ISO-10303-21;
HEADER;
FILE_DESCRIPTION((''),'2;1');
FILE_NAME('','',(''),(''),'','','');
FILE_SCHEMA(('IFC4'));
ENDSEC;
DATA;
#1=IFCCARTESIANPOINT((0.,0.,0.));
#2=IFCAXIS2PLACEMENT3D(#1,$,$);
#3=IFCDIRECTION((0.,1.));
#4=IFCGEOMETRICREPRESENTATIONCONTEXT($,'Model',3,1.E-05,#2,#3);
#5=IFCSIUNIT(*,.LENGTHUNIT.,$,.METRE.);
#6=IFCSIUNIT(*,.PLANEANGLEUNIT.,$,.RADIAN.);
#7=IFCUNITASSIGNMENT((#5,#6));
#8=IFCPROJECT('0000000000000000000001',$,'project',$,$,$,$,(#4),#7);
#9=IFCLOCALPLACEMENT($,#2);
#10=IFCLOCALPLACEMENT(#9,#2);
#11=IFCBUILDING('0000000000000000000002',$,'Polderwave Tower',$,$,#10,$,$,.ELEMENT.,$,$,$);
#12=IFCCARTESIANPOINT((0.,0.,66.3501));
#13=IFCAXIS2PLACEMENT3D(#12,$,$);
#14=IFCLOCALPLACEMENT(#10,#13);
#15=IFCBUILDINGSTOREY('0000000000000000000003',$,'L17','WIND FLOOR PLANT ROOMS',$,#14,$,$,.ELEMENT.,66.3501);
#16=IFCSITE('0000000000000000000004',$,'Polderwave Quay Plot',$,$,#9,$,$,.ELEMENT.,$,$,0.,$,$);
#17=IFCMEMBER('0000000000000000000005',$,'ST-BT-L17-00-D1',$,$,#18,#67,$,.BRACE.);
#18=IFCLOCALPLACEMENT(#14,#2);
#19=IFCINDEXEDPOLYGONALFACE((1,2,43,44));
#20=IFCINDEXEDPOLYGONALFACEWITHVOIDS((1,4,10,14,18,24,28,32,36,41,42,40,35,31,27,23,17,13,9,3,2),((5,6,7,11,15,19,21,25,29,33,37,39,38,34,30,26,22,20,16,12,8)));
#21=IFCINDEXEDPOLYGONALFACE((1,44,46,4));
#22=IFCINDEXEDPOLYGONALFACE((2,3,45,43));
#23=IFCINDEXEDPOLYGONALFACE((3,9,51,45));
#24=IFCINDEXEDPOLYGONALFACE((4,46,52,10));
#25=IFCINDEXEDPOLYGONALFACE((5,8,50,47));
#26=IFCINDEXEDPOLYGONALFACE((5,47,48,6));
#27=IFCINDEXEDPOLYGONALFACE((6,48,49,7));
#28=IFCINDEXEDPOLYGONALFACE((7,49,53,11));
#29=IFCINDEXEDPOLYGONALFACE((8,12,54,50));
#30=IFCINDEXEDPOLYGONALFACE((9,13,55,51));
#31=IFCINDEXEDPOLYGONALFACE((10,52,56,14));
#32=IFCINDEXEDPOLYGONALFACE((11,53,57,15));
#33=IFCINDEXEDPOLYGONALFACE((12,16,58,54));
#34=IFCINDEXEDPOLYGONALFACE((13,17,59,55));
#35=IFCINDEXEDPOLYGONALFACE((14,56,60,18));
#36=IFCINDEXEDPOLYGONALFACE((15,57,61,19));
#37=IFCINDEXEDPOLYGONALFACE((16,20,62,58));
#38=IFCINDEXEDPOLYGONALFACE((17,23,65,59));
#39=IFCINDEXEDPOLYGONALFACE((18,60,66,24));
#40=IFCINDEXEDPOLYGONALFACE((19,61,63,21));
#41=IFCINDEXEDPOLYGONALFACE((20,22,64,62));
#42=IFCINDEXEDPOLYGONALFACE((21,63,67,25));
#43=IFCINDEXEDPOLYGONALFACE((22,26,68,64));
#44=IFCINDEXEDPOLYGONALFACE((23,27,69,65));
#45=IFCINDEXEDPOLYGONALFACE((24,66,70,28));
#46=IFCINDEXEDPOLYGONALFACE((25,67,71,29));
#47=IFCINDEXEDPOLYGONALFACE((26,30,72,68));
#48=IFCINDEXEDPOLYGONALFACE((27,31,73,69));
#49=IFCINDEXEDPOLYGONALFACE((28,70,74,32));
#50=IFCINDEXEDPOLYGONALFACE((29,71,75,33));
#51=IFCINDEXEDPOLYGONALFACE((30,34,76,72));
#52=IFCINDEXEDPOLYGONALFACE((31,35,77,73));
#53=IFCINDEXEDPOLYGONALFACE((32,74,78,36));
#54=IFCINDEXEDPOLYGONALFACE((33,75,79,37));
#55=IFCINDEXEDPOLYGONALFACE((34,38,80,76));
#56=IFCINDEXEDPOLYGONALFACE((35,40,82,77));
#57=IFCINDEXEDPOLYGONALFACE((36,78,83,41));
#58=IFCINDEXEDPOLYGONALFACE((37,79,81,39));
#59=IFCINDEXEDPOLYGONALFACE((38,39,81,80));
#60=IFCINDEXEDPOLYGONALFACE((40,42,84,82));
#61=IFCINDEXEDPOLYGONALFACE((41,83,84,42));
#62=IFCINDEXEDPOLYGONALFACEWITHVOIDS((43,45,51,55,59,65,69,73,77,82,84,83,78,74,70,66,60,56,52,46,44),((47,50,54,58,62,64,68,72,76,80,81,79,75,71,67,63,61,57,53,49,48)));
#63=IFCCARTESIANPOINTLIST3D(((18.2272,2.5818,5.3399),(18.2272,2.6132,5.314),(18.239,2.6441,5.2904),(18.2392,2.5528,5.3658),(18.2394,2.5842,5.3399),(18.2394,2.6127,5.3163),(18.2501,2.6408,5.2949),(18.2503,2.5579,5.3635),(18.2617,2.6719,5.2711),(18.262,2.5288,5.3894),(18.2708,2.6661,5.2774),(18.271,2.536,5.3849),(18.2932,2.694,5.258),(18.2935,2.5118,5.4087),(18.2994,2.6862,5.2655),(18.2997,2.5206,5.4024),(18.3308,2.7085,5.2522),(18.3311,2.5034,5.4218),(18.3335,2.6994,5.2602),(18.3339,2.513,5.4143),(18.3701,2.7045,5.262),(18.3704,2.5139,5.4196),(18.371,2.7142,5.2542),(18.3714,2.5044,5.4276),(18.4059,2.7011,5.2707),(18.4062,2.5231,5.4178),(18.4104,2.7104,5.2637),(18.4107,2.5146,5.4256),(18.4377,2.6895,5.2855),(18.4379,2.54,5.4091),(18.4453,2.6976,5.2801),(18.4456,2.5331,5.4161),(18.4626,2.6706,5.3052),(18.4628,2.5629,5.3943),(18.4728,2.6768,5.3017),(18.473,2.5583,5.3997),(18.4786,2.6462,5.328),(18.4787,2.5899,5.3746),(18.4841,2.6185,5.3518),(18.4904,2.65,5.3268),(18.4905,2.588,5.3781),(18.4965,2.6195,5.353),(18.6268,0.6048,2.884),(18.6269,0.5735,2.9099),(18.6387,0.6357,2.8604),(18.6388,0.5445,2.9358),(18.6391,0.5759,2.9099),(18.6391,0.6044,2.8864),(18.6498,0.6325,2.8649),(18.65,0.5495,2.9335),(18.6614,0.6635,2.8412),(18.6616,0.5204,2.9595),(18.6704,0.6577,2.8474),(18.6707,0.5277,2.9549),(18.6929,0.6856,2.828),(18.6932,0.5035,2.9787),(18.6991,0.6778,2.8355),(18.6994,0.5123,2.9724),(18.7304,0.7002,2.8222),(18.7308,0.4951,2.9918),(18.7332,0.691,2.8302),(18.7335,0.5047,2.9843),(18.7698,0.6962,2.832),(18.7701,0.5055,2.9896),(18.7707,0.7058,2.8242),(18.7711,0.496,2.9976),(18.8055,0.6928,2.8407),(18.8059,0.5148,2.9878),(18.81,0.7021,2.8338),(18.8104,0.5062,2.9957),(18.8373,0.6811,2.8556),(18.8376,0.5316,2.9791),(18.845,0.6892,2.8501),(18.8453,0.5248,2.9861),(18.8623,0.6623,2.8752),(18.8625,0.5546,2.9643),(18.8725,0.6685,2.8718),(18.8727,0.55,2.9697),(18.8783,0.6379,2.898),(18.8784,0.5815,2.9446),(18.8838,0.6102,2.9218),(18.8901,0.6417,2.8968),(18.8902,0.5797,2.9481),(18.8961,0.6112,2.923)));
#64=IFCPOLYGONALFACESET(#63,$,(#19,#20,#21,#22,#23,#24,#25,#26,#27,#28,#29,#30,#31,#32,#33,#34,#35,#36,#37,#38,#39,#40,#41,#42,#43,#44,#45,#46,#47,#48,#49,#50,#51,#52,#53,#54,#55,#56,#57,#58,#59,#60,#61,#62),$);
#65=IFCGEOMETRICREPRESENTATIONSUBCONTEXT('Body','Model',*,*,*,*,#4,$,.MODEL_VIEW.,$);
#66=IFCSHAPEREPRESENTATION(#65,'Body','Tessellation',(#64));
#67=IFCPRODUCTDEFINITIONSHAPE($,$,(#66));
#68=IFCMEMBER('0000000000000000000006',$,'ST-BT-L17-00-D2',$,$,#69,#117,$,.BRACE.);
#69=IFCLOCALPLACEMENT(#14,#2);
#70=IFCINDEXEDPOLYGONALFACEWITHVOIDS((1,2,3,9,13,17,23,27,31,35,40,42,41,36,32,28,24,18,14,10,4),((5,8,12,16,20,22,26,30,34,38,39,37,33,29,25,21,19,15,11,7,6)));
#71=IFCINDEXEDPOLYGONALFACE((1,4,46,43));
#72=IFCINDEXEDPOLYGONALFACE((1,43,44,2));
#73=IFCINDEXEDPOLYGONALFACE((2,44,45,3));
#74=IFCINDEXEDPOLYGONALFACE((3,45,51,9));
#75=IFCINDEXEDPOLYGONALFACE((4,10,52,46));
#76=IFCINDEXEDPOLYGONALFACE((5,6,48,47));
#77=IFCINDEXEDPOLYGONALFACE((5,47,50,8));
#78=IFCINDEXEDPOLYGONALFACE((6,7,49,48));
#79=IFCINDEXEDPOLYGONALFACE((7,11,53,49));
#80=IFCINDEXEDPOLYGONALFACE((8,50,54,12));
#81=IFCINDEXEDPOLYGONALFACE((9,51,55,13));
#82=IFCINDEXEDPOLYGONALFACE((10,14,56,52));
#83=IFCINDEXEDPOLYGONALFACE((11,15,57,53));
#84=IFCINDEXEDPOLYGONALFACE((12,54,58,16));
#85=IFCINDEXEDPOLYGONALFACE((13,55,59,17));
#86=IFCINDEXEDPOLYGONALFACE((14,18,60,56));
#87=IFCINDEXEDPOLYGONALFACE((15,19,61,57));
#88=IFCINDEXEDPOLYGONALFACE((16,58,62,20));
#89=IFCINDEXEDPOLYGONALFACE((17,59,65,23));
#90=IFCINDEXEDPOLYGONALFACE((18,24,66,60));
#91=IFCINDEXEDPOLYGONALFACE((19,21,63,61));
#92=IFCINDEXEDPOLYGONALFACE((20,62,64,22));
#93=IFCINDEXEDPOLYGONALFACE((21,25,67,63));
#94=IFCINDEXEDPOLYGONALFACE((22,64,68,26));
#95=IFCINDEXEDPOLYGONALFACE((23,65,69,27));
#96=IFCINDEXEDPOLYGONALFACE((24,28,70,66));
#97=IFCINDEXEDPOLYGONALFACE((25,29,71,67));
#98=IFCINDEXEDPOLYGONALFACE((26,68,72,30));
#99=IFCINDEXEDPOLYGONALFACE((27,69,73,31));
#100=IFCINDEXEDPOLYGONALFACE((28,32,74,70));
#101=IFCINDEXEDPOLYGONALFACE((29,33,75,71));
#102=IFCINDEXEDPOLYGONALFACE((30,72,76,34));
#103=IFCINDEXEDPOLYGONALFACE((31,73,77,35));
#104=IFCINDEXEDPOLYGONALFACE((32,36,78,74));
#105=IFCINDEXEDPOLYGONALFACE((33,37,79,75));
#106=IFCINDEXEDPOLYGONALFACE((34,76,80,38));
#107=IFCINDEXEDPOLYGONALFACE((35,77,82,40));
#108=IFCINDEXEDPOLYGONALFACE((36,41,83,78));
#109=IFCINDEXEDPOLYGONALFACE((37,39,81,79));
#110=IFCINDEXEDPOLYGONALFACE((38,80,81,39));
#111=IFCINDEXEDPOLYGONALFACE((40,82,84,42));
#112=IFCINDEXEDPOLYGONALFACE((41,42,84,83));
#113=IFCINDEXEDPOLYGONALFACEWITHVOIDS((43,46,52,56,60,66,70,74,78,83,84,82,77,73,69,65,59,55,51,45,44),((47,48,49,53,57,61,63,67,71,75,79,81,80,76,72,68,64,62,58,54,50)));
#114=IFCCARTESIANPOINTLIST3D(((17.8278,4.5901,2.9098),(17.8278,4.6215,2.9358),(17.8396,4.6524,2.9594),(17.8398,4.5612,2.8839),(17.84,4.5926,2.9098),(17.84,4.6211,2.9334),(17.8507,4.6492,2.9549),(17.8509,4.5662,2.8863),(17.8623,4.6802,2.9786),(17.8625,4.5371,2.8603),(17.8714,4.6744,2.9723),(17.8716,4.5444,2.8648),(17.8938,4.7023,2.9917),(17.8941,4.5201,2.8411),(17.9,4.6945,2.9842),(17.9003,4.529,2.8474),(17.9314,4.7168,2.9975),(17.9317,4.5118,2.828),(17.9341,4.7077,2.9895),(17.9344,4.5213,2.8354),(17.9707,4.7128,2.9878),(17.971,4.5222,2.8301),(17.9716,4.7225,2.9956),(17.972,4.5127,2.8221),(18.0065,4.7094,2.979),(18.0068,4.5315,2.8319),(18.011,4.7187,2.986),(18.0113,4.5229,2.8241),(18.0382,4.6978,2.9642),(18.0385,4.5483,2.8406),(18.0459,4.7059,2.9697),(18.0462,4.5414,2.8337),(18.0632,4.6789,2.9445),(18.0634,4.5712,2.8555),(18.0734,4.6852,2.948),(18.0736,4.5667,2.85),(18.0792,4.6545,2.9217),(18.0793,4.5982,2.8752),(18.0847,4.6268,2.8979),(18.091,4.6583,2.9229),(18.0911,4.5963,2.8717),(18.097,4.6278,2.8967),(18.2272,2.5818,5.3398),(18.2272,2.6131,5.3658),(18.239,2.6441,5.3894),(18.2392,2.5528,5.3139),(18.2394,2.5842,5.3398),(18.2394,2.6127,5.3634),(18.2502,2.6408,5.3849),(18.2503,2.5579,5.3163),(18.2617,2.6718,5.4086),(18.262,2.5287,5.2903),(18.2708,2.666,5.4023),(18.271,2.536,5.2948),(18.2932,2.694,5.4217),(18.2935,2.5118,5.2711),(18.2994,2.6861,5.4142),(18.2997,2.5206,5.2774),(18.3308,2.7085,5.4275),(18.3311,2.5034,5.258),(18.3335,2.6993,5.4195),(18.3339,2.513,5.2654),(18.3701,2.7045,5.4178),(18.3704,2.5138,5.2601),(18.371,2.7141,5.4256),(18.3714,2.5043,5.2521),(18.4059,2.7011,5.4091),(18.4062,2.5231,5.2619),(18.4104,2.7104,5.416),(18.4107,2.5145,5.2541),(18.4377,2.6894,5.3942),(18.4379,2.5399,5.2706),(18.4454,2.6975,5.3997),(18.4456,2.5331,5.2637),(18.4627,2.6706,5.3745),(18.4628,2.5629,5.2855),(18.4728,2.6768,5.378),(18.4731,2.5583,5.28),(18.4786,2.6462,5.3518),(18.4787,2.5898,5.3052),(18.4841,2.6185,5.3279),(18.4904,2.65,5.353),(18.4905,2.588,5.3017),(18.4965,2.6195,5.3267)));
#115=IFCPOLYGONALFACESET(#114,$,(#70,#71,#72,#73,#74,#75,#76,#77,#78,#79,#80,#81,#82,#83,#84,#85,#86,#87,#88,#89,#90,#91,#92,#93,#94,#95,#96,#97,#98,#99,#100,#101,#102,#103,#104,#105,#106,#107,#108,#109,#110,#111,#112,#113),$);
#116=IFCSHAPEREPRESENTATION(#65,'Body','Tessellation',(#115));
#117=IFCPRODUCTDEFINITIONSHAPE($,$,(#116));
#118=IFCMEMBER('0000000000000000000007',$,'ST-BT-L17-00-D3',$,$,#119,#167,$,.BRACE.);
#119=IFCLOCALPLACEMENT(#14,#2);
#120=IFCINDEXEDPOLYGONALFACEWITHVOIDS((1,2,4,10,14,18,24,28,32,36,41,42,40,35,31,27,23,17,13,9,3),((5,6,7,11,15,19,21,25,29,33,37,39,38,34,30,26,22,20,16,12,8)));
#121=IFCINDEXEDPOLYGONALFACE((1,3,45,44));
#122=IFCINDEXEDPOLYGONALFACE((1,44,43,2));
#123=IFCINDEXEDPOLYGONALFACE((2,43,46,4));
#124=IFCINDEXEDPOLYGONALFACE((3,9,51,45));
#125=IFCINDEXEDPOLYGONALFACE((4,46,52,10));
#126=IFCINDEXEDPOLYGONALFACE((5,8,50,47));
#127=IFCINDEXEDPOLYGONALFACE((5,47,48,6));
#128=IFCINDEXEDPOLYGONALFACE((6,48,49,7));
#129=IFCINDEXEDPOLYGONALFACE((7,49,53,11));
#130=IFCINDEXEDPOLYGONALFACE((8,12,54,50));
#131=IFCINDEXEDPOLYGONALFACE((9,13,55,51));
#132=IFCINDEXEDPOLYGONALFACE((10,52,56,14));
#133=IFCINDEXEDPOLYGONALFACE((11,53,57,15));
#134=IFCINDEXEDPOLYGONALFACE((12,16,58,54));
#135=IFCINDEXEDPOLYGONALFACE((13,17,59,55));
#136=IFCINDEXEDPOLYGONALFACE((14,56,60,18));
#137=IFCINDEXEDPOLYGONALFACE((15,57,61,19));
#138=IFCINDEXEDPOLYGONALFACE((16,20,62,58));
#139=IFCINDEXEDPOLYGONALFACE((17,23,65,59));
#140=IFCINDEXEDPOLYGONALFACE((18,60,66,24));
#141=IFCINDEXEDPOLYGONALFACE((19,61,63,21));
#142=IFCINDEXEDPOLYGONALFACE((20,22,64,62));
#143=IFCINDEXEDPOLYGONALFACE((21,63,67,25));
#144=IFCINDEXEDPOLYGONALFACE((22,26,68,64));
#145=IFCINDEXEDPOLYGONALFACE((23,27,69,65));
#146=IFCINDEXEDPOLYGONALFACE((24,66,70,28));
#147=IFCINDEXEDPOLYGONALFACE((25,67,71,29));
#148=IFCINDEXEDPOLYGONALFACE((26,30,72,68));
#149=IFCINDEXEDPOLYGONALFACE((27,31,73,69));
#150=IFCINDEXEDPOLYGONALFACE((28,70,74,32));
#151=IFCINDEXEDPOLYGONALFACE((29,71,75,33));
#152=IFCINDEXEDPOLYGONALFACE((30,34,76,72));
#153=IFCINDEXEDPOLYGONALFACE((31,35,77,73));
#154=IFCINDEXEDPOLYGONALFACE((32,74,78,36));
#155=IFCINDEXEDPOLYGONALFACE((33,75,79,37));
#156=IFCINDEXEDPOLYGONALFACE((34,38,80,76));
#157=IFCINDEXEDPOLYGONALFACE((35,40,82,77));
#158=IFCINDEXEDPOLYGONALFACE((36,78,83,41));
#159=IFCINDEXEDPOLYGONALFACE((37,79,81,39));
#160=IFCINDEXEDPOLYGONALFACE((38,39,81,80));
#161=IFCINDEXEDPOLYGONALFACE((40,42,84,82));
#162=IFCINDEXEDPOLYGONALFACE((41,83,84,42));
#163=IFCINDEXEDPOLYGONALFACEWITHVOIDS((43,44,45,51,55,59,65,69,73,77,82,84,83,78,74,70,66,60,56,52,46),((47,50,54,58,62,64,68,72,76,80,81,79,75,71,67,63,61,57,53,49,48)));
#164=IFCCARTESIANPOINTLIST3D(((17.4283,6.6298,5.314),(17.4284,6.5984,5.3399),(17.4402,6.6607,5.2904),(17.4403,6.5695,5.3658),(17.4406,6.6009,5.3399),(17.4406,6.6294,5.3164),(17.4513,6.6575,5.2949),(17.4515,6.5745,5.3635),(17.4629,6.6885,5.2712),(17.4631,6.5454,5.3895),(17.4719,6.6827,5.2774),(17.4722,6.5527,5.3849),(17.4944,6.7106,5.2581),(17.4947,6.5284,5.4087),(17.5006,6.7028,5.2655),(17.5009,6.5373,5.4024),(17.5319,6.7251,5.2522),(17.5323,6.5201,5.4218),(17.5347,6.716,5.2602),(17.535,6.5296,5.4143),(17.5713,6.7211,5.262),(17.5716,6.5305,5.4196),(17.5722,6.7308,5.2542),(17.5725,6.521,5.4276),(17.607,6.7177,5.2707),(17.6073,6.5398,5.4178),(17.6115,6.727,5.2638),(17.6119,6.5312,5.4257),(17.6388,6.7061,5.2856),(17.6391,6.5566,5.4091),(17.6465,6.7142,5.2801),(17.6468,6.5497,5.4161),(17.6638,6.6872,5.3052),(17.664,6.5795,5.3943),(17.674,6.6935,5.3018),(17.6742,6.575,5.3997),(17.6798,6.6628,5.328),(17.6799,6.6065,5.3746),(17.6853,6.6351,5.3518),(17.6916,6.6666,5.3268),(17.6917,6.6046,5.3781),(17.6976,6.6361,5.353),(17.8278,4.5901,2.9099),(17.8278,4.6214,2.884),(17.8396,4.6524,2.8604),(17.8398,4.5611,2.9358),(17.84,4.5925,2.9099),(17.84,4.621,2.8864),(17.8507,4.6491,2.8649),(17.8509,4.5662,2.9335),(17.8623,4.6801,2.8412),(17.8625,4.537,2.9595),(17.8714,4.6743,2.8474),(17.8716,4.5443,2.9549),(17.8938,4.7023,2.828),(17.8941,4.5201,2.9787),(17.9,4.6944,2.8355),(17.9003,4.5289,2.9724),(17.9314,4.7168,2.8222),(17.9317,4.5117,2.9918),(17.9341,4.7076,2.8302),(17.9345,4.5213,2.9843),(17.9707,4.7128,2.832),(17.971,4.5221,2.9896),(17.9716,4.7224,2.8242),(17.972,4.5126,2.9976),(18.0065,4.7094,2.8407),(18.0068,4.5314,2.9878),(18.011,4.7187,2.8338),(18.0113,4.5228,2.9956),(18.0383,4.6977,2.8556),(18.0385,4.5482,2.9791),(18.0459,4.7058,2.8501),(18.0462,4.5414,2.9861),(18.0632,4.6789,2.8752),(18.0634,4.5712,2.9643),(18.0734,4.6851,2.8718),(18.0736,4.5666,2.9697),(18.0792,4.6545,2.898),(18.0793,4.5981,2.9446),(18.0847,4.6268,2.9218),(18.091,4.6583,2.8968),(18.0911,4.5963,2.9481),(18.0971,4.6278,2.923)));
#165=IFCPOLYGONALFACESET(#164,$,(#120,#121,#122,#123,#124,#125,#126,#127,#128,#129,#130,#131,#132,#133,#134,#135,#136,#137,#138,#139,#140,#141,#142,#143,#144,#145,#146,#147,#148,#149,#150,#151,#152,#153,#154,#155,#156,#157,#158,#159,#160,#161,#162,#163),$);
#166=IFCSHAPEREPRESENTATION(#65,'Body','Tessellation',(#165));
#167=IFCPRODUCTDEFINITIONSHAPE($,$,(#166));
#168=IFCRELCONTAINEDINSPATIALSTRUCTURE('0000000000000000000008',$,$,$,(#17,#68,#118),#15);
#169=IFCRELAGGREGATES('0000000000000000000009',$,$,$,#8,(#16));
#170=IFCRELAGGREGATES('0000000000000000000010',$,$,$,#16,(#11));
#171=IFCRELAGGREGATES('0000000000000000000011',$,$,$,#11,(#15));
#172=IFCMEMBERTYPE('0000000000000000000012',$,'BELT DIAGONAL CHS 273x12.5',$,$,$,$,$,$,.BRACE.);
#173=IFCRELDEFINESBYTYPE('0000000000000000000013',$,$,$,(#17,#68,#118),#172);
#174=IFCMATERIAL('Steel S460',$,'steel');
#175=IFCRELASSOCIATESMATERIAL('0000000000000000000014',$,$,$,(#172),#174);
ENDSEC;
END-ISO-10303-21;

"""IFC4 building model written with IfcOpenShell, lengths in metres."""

from ifc_helpers import new_model, si_unit, direction, frame, origin, origin_2d, place, context, subcontext, project, spatial, hollow_circle, extrude, material, material_profile, profile_set, type_object, element, save


model = new_model("IFC4")

# Units and contexts
model_context = context("Model", 3, precision=1e-05, world=origin(), true_north=direction((0.0, 1.0)))
body_context = subcontext(model_context, "Body", "Model", "MODEL_VIEW")
ifc_project = project(units=[si_unit("LENGTHUNIT", "METRE"), si_unit("PLANEANGLEUNIT", "RADIAN")], contexts=[model_context])

# Site, building, storey
site_placement = place(None, origin())
site = spatial("IfcSite", under=ifc_project, at=site_placement, Name="Polderwave Quay Plot", CompositionType="ELEMENT", RefElevation=0.0)
building_placement = place(site_placement, origin())
building = spatial("IfcBuilding", under=site, at=building_placement, Name="Polderwave Tower", CompositionType="ELEMENT")
storey_placement = place(building_placement, frame((0.0, 0.0, 66.3501)))
storey = spatial("IfcBuildingStorey", under=building, at=storey_placement, Name="L17", Description="WIND FLOOR PLANT ROOMS", CompositionType="ELEMENT", Elevation=66.3501)

# Members
ifc_material_1 = material(Name="Steel S460", Category="steel")
ifc_material_profile_1 = material_profile(ifc_material_1, hollow_circle(Radius=0.1365, WallThickness=0.0125, at=origin_2d()), Name="CHS 273x12.5")
ifc_profile_set_1 = profile_set([ifc_material_profile_1], Name="Steel S460")
member_type_1 = type_object("IfcMemberType", Name="BELT DIAGONAL CHS 273x12.5", PredefinedType="BRACE", material=ifc_profile_set_1)
for number, where, z_axis, x_axis, name in (
    (1, (18.7607, 0.6001, 2.9099), (-0.125771, 0.632005, 0.764691), (-0.980768, -0.195176, 0.0), "ST-BT-L17-00-D1"),
    (2, (18.3611, 2.6084, 5.3398), (-0.125695, 0.632011, -0.764698), (-0.980791, -0.195061, 0.0), "ST-BT-L17-00-D2"),
    (3, (17.9617, 4.6167, 2.9099), (-0.125695, 0.632011, 0.764698), (-0.980791, -0.195061, 0.0), "ST-BT-L17-00-D3"),
):
    element("IfcMember", number, at=place(storey_placement, frame(where, z_axis=z_axis, x_axis=x_axis)), inside=storey, type_object=member_type_1, Name=name, PredefinedType="BRACE", context=body_context, shape_type="SweptSolid", body=[
        extrude(hollow_circle(Radius=0.1365, WallThickness=0.0125, at=origin_2d()), origin(), (0.0, 0.0, 1.0), 3.1777),
    ])

save(model, "model.ifc")
